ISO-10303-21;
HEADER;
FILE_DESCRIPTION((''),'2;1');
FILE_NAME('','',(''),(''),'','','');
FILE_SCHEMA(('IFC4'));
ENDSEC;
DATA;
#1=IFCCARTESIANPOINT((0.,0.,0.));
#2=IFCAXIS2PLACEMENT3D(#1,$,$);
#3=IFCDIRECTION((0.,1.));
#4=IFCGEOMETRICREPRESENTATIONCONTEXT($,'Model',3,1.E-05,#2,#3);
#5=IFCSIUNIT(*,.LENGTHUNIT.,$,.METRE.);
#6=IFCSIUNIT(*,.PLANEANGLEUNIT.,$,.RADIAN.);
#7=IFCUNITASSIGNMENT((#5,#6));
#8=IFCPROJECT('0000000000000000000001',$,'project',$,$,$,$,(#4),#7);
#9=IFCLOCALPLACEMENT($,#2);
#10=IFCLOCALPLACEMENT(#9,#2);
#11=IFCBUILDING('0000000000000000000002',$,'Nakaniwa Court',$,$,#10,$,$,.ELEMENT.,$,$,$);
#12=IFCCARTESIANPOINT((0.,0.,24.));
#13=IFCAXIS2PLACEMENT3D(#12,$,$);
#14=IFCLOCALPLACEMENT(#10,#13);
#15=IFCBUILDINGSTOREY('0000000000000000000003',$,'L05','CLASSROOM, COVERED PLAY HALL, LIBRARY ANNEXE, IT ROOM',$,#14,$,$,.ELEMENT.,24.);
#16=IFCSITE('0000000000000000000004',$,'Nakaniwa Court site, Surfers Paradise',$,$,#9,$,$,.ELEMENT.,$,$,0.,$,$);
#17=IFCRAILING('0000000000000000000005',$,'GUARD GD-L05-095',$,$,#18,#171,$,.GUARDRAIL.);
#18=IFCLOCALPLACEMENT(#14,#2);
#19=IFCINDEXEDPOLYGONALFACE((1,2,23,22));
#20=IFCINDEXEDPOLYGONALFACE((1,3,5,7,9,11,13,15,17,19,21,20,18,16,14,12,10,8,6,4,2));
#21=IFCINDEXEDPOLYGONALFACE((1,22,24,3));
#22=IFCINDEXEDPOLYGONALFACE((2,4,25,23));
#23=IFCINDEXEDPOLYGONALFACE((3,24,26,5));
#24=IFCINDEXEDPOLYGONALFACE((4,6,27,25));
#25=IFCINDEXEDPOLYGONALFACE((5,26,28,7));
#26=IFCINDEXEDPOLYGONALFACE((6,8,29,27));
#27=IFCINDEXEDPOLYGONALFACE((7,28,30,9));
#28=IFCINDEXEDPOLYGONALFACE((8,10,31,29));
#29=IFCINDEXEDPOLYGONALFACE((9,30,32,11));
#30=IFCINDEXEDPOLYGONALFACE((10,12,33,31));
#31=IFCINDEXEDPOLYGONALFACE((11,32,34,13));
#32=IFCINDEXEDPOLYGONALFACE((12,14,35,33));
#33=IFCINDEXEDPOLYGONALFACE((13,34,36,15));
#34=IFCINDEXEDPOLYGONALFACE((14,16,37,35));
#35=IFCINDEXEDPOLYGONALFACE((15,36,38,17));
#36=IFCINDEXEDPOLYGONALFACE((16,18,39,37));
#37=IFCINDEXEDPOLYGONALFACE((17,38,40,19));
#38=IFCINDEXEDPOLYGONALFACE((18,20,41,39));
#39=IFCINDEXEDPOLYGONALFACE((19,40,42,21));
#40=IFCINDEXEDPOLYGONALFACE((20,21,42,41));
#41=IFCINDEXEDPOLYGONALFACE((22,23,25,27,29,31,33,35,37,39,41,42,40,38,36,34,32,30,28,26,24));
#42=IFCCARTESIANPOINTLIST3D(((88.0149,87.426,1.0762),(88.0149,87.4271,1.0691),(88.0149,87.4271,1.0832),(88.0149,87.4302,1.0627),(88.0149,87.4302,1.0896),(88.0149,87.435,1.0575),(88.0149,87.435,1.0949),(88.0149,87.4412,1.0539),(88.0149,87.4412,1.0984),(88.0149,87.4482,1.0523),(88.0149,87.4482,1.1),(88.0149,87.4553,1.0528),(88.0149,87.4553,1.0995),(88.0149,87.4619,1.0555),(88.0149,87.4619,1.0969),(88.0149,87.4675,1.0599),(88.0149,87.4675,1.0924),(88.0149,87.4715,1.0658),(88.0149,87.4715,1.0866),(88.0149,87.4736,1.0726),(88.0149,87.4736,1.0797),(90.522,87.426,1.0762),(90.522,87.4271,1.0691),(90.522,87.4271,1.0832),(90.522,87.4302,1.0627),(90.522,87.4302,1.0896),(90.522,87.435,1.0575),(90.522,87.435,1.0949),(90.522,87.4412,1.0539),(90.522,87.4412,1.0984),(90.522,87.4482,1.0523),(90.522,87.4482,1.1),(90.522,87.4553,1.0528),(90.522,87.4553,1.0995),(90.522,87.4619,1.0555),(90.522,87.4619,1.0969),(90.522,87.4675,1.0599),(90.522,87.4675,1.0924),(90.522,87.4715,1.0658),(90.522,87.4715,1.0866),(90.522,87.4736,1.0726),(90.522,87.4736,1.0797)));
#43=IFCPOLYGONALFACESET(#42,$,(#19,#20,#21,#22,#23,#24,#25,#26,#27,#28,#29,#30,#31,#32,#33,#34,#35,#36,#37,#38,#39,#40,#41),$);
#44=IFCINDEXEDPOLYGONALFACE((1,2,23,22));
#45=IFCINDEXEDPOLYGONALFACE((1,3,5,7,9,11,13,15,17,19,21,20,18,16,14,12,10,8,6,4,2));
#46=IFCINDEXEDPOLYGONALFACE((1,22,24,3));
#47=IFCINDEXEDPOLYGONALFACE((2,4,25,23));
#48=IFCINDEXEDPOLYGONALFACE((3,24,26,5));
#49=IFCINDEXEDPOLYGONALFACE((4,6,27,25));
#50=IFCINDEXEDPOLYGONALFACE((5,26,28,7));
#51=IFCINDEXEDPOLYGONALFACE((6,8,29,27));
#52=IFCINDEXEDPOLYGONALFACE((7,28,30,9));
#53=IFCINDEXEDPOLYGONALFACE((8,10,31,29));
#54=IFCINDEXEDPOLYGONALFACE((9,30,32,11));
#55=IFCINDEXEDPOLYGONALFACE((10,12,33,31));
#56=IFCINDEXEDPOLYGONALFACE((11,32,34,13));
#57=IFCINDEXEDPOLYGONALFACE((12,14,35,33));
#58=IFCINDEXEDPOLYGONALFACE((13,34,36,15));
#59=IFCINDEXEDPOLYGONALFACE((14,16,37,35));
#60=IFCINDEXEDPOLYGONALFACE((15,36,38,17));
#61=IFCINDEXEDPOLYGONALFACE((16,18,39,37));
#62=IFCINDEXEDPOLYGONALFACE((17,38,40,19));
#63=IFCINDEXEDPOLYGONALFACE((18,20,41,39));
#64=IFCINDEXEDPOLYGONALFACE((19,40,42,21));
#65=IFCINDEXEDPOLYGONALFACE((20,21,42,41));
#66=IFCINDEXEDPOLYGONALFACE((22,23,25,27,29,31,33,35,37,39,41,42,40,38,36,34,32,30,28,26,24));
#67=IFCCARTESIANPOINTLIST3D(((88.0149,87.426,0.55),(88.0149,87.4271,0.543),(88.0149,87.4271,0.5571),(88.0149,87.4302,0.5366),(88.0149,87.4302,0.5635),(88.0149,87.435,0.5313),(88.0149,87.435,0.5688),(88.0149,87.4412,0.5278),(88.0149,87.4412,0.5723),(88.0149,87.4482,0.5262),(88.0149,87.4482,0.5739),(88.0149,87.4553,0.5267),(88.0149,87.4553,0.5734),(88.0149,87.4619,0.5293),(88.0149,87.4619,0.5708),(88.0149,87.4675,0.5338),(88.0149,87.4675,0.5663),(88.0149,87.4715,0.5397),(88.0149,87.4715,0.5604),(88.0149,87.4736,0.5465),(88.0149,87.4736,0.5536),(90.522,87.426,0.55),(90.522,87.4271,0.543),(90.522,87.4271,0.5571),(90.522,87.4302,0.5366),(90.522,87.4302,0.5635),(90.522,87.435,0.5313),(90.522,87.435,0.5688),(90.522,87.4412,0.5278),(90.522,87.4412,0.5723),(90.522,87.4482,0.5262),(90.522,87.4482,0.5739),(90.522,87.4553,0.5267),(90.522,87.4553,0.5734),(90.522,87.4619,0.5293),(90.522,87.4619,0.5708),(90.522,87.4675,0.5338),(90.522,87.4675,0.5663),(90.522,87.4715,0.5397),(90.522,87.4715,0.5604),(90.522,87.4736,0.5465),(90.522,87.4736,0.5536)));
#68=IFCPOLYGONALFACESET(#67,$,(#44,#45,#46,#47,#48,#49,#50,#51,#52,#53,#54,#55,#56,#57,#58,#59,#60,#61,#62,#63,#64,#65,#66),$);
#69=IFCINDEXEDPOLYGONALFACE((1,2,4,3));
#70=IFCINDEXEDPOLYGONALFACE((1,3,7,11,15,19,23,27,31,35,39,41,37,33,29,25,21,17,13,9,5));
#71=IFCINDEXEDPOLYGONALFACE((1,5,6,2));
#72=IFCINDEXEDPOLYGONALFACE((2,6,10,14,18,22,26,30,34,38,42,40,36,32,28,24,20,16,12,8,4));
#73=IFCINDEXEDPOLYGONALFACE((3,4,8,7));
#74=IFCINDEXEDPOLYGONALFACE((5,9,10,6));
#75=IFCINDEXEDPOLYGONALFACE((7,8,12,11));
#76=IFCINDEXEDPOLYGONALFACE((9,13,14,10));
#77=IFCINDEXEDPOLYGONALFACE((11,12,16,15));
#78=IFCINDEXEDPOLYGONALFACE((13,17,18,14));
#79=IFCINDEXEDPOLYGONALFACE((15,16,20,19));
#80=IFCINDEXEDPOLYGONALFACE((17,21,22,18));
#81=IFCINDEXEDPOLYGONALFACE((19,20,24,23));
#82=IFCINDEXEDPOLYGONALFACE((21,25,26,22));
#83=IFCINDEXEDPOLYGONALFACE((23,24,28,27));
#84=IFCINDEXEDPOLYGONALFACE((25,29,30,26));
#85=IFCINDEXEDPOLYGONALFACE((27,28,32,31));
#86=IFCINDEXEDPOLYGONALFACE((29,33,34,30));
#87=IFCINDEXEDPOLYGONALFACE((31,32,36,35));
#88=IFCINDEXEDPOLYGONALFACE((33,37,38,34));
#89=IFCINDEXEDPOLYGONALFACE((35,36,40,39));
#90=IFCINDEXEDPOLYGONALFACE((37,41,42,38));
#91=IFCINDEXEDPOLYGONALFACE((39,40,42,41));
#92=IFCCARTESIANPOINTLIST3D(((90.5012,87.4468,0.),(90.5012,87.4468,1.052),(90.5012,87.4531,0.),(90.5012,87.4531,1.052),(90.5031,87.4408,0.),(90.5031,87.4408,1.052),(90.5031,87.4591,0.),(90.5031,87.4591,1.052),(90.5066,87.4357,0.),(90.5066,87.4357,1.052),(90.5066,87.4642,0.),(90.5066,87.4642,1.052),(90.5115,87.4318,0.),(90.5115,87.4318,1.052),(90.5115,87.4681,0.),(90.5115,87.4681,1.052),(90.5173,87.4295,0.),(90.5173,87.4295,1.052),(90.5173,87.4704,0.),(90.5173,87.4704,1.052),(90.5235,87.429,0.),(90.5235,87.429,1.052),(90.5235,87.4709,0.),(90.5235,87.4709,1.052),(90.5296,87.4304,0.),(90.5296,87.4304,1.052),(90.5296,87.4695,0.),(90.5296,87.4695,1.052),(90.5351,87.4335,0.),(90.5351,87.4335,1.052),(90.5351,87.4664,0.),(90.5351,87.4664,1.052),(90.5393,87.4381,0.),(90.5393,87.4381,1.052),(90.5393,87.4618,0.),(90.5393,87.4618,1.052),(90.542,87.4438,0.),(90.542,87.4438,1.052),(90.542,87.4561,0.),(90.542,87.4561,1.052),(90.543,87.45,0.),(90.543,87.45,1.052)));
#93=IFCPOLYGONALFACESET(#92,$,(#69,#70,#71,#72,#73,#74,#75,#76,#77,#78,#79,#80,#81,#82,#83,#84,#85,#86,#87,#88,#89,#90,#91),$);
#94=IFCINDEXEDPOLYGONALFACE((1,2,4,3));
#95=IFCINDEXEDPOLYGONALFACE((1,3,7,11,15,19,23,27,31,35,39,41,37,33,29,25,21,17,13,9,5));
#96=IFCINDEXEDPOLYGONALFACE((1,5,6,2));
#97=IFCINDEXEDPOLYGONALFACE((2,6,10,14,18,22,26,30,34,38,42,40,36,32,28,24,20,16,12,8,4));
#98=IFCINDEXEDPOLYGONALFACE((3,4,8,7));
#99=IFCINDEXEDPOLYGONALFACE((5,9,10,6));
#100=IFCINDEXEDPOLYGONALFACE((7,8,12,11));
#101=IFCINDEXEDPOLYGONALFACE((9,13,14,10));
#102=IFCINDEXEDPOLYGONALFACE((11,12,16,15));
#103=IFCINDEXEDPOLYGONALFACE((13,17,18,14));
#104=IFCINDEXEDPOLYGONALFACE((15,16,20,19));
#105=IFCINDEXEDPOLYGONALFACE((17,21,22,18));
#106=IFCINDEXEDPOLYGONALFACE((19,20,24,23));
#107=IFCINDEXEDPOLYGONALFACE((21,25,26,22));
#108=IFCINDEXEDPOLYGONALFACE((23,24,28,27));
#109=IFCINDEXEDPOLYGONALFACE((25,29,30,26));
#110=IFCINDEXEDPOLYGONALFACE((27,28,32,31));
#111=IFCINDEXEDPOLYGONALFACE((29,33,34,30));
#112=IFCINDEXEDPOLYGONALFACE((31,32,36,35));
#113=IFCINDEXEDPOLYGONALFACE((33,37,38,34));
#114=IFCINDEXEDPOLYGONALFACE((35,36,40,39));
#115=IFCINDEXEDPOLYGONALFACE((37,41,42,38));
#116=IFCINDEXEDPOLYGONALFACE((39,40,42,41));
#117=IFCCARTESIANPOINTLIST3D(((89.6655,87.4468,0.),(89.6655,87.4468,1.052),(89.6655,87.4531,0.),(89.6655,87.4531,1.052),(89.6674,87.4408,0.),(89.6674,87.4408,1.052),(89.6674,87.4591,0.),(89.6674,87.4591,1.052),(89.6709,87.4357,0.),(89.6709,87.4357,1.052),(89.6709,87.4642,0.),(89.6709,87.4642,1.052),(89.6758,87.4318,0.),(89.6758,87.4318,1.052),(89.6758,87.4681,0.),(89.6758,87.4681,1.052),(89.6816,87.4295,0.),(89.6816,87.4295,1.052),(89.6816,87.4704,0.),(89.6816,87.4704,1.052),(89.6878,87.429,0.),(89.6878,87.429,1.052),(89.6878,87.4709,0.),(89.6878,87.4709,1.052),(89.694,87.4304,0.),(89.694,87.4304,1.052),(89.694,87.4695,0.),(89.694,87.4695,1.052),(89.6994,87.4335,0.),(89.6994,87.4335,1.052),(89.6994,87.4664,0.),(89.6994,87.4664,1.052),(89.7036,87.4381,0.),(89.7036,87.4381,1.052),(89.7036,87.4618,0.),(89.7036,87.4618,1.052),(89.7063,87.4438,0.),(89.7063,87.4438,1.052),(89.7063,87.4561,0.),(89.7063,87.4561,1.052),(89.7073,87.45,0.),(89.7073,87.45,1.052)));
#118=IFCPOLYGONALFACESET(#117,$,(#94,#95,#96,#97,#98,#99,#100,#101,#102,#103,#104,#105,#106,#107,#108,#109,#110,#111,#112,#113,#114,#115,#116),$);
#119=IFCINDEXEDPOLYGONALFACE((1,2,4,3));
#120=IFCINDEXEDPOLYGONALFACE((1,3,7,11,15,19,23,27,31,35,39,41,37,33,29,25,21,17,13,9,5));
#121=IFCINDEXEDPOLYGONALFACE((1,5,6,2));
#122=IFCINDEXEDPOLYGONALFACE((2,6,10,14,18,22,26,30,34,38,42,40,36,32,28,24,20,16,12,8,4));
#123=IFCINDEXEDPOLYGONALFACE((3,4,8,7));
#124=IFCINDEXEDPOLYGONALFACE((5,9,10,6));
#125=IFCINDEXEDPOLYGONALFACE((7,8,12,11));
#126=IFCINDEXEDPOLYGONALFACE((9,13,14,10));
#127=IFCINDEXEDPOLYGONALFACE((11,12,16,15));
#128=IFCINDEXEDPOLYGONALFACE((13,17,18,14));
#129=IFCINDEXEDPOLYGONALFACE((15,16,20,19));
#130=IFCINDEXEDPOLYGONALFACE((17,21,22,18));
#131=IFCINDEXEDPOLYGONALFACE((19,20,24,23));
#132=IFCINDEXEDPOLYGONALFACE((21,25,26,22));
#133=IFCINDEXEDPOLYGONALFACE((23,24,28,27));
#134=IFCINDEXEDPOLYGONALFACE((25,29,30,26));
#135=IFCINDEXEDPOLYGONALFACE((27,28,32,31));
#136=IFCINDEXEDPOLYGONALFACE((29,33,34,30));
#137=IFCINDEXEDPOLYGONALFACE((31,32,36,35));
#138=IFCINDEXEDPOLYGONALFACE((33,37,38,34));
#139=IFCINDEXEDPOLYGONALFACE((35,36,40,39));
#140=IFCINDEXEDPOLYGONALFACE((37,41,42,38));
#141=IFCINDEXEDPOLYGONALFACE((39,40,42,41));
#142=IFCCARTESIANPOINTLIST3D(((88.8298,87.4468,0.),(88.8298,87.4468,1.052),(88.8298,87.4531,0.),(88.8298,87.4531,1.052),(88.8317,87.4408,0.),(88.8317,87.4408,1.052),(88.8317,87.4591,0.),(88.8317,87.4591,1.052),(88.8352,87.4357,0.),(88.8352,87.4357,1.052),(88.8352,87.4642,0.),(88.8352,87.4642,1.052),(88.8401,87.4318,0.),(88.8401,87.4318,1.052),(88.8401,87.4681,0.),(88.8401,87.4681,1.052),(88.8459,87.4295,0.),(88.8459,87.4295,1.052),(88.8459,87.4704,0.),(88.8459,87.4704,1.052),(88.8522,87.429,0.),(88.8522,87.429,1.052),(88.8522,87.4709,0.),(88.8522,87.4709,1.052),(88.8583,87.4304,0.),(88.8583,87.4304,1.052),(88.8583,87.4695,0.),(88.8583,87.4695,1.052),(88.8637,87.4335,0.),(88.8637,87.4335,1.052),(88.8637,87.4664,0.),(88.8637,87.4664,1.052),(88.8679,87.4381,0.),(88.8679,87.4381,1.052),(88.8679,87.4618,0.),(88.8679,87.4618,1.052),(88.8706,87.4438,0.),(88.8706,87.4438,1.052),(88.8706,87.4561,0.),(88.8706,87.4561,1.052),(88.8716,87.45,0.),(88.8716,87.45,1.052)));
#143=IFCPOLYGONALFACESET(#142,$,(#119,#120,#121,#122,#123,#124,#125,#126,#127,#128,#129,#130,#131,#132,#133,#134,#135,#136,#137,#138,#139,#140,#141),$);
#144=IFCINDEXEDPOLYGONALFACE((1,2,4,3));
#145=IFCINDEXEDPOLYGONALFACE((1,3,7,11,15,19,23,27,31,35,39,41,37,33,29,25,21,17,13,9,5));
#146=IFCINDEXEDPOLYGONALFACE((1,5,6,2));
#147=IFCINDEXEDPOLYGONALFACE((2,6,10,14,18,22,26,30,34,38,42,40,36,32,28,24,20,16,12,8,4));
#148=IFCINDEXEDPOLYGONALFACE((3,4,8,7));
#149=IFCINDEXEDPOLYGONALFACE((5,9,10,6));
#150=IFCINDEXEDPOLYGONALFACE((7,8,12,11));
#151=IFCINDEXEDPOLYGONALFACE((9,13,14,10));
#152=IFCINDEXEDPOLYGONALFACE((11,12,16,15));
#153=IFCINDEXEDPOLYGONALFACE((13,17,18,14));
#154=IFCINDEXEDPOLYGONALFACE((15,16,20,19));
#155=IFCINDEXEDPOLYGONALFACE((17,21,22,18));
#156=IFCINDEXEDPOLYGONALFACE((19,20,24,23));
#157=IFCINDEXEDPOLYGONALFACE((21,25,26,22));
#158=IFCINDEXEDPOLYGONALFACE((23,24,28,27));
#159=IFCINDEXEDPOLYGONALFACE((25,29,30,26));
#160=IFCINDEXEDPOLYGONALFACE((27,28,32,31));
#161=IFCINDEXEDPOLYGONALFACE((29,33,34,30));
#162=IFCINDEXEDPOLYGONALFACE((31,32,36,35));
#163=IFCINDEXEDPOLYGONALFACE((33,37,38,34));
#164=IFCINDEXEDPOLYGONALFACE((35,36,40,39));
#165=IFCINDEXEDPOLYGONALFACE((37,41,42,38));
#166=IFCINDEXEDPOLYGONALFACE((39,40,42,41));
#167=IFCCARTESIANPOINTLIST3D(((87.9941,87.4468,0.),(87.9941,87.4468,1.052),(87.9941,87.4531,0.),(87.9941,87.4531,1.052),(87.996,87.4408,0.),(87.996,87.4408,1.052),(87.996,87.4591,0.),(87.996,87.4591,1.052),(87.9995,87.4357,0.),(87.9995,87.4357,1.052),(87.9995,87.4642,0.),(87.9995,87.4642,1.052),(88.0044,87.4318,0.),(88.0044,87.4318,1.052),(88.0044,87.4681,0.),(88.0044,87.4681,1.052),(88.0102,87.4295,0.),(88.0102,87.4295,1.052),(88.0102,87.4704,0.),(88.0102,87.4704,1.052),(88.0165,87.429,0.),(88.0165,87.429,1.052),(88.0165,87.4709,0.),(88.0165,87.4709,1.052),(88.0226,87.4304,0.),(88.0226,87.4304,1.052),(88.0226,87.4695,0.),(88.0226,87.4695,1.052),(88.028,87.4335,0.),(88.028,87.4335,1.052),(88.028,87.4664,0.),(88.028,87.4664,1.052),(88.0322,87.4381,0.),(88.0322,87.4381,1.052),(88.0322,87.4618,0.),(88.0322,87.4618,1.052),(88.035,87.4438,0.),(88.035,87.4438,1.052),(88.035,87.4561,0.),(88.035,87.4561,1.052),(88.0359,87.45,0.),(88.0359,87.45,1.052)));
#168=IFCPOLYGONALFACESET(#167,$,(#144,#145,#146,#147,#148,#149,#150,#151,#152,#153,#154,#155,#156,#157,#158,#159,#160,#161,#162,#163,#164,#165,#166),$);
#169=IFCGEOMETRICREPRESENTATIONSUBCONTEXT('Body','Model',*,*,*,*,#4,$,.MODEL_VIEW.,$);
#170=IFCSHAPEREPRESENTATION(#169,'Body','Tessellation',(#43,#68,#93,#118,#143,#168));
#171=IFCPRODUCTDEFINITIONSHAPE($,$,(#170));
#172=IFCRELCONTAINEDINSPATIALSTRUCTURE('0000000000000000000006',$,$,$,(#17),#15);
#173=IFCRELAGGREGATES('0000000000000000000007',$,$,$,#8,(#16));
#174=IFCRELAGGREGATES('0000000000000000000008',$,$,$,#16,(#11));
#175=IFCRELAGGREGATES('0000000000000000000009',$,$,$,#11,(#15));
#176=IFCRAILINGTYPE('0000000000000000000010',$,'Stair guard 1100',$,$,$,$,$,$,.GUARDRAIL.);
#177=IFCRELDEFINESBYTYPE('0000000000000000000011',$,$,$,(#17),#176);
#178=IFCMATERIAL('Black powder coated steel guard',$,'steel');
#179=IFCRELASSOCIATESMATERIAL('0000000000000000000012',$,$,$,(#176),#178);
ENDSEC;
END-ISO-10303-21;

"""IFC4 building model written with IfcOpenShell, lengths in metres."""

from ifc_helpers import new_model, si_unit, direction, frame, origin, origin_2d, place, context, subcontext, project, spatial, circle, extrude, material, type_object, element, save


model = new_model("IFC4")

# Units and contexts
model_context = context("Model", 3, precision=1e-05, world=origin(), true_north=direction((0.0, 1.0)))
body_context = subcontext(model_context, "Body", "Model", "MODEL_VIEW")
ifc_project = project(units=[si_unit("LENGTHUNIT", "METRE"), si_unit("PLANEANGLEUNIT", "RADIAN")], contexts=[model_context])

# Site, building, storey
site_placement = place(None, origin())
site = spatial("IfcSite", under=ifc_project, at=site_placement, Name="Nakaniwa Court site, Surfers Paradise", CompositionType="ELEMENT", RefElevation=0.0)
building_placement = place(site_placement, origin())
building = spatial("IfcBuilding", under=site, at=building_placement, Name="Nakaniwa Court", CompositionType="ELEMENT")
storey_placement = place(building_placement, frame((0.0, 0.0, 24.0)))
storey = spatial("IfcBuildingStorey", under=building, at=storey_placement, Name="L05", Description="CLASSROOM, COVERED PLAY HALL, LIBRARY ANNEXE, IT ROOM", CompositionType="ELEMENT", Elevation=24.0)

# Railing
ifc_material_1 = material(Name="Black powder coated steel guard", Category="steel")
railing_type = type_object("IfcRailingType", Name="Stair guard 1100", PredefinedType="GUARDRAIL", material=ifc_material_1)
railing_1_placement = place(storey_placement, frame((90.522, 87.45, 0.0)))
element("IfcRailing", 1, at=railing_1_placement, inside=storey, type_object=railing_type, Name="GUARD GD-L05-095", PredefinedType="GUARDRAIL", context=body_context, shape_type="SweptSolid", body=[
    extrude(circle(Radius=0.0239, at=origin_2d()), frame((0.0, 0.0, 1.0762), z_axis=(-1.0, 0.0, 0.0), x_axis=(0.0, -1.0, 0.0)), (0.0, 0.0, 1.0), 2.5071),
    extrude(circle(Radius=0.0239, at=origin_2d()), frame((0.0, 0.0, 0.55), z_axis=(-1.0, 0.0, 0.0), x_axis=(0.0, -1.0, 0.0)), (0.0, 0.0, 1.0), 2.5071),
    extrude(circle(Radius=0.021, at=origin_2d()), origin(), (0.0, 0.0, 1.0), 1.052),
    extrude(circle(Radius=0.021, at=origin_2d()), frame((-0.8357, 0.0, 0.0)), (0.0, 0.0, 1.0), 1.052),
    extrude(circle(Radius=0.021, at=origin_2d()), frame((-1.6714, 0.0, 0.0)), (0.0, 0.0, 1.0), 1.052),
    extrude(circle(Radius=0.021, at=origin_2d()), frame((-2.5071, 0.0, 0.0)), (0.0, 0.0, 1.0), 1.052),
])

save(model, "model.ifc")
